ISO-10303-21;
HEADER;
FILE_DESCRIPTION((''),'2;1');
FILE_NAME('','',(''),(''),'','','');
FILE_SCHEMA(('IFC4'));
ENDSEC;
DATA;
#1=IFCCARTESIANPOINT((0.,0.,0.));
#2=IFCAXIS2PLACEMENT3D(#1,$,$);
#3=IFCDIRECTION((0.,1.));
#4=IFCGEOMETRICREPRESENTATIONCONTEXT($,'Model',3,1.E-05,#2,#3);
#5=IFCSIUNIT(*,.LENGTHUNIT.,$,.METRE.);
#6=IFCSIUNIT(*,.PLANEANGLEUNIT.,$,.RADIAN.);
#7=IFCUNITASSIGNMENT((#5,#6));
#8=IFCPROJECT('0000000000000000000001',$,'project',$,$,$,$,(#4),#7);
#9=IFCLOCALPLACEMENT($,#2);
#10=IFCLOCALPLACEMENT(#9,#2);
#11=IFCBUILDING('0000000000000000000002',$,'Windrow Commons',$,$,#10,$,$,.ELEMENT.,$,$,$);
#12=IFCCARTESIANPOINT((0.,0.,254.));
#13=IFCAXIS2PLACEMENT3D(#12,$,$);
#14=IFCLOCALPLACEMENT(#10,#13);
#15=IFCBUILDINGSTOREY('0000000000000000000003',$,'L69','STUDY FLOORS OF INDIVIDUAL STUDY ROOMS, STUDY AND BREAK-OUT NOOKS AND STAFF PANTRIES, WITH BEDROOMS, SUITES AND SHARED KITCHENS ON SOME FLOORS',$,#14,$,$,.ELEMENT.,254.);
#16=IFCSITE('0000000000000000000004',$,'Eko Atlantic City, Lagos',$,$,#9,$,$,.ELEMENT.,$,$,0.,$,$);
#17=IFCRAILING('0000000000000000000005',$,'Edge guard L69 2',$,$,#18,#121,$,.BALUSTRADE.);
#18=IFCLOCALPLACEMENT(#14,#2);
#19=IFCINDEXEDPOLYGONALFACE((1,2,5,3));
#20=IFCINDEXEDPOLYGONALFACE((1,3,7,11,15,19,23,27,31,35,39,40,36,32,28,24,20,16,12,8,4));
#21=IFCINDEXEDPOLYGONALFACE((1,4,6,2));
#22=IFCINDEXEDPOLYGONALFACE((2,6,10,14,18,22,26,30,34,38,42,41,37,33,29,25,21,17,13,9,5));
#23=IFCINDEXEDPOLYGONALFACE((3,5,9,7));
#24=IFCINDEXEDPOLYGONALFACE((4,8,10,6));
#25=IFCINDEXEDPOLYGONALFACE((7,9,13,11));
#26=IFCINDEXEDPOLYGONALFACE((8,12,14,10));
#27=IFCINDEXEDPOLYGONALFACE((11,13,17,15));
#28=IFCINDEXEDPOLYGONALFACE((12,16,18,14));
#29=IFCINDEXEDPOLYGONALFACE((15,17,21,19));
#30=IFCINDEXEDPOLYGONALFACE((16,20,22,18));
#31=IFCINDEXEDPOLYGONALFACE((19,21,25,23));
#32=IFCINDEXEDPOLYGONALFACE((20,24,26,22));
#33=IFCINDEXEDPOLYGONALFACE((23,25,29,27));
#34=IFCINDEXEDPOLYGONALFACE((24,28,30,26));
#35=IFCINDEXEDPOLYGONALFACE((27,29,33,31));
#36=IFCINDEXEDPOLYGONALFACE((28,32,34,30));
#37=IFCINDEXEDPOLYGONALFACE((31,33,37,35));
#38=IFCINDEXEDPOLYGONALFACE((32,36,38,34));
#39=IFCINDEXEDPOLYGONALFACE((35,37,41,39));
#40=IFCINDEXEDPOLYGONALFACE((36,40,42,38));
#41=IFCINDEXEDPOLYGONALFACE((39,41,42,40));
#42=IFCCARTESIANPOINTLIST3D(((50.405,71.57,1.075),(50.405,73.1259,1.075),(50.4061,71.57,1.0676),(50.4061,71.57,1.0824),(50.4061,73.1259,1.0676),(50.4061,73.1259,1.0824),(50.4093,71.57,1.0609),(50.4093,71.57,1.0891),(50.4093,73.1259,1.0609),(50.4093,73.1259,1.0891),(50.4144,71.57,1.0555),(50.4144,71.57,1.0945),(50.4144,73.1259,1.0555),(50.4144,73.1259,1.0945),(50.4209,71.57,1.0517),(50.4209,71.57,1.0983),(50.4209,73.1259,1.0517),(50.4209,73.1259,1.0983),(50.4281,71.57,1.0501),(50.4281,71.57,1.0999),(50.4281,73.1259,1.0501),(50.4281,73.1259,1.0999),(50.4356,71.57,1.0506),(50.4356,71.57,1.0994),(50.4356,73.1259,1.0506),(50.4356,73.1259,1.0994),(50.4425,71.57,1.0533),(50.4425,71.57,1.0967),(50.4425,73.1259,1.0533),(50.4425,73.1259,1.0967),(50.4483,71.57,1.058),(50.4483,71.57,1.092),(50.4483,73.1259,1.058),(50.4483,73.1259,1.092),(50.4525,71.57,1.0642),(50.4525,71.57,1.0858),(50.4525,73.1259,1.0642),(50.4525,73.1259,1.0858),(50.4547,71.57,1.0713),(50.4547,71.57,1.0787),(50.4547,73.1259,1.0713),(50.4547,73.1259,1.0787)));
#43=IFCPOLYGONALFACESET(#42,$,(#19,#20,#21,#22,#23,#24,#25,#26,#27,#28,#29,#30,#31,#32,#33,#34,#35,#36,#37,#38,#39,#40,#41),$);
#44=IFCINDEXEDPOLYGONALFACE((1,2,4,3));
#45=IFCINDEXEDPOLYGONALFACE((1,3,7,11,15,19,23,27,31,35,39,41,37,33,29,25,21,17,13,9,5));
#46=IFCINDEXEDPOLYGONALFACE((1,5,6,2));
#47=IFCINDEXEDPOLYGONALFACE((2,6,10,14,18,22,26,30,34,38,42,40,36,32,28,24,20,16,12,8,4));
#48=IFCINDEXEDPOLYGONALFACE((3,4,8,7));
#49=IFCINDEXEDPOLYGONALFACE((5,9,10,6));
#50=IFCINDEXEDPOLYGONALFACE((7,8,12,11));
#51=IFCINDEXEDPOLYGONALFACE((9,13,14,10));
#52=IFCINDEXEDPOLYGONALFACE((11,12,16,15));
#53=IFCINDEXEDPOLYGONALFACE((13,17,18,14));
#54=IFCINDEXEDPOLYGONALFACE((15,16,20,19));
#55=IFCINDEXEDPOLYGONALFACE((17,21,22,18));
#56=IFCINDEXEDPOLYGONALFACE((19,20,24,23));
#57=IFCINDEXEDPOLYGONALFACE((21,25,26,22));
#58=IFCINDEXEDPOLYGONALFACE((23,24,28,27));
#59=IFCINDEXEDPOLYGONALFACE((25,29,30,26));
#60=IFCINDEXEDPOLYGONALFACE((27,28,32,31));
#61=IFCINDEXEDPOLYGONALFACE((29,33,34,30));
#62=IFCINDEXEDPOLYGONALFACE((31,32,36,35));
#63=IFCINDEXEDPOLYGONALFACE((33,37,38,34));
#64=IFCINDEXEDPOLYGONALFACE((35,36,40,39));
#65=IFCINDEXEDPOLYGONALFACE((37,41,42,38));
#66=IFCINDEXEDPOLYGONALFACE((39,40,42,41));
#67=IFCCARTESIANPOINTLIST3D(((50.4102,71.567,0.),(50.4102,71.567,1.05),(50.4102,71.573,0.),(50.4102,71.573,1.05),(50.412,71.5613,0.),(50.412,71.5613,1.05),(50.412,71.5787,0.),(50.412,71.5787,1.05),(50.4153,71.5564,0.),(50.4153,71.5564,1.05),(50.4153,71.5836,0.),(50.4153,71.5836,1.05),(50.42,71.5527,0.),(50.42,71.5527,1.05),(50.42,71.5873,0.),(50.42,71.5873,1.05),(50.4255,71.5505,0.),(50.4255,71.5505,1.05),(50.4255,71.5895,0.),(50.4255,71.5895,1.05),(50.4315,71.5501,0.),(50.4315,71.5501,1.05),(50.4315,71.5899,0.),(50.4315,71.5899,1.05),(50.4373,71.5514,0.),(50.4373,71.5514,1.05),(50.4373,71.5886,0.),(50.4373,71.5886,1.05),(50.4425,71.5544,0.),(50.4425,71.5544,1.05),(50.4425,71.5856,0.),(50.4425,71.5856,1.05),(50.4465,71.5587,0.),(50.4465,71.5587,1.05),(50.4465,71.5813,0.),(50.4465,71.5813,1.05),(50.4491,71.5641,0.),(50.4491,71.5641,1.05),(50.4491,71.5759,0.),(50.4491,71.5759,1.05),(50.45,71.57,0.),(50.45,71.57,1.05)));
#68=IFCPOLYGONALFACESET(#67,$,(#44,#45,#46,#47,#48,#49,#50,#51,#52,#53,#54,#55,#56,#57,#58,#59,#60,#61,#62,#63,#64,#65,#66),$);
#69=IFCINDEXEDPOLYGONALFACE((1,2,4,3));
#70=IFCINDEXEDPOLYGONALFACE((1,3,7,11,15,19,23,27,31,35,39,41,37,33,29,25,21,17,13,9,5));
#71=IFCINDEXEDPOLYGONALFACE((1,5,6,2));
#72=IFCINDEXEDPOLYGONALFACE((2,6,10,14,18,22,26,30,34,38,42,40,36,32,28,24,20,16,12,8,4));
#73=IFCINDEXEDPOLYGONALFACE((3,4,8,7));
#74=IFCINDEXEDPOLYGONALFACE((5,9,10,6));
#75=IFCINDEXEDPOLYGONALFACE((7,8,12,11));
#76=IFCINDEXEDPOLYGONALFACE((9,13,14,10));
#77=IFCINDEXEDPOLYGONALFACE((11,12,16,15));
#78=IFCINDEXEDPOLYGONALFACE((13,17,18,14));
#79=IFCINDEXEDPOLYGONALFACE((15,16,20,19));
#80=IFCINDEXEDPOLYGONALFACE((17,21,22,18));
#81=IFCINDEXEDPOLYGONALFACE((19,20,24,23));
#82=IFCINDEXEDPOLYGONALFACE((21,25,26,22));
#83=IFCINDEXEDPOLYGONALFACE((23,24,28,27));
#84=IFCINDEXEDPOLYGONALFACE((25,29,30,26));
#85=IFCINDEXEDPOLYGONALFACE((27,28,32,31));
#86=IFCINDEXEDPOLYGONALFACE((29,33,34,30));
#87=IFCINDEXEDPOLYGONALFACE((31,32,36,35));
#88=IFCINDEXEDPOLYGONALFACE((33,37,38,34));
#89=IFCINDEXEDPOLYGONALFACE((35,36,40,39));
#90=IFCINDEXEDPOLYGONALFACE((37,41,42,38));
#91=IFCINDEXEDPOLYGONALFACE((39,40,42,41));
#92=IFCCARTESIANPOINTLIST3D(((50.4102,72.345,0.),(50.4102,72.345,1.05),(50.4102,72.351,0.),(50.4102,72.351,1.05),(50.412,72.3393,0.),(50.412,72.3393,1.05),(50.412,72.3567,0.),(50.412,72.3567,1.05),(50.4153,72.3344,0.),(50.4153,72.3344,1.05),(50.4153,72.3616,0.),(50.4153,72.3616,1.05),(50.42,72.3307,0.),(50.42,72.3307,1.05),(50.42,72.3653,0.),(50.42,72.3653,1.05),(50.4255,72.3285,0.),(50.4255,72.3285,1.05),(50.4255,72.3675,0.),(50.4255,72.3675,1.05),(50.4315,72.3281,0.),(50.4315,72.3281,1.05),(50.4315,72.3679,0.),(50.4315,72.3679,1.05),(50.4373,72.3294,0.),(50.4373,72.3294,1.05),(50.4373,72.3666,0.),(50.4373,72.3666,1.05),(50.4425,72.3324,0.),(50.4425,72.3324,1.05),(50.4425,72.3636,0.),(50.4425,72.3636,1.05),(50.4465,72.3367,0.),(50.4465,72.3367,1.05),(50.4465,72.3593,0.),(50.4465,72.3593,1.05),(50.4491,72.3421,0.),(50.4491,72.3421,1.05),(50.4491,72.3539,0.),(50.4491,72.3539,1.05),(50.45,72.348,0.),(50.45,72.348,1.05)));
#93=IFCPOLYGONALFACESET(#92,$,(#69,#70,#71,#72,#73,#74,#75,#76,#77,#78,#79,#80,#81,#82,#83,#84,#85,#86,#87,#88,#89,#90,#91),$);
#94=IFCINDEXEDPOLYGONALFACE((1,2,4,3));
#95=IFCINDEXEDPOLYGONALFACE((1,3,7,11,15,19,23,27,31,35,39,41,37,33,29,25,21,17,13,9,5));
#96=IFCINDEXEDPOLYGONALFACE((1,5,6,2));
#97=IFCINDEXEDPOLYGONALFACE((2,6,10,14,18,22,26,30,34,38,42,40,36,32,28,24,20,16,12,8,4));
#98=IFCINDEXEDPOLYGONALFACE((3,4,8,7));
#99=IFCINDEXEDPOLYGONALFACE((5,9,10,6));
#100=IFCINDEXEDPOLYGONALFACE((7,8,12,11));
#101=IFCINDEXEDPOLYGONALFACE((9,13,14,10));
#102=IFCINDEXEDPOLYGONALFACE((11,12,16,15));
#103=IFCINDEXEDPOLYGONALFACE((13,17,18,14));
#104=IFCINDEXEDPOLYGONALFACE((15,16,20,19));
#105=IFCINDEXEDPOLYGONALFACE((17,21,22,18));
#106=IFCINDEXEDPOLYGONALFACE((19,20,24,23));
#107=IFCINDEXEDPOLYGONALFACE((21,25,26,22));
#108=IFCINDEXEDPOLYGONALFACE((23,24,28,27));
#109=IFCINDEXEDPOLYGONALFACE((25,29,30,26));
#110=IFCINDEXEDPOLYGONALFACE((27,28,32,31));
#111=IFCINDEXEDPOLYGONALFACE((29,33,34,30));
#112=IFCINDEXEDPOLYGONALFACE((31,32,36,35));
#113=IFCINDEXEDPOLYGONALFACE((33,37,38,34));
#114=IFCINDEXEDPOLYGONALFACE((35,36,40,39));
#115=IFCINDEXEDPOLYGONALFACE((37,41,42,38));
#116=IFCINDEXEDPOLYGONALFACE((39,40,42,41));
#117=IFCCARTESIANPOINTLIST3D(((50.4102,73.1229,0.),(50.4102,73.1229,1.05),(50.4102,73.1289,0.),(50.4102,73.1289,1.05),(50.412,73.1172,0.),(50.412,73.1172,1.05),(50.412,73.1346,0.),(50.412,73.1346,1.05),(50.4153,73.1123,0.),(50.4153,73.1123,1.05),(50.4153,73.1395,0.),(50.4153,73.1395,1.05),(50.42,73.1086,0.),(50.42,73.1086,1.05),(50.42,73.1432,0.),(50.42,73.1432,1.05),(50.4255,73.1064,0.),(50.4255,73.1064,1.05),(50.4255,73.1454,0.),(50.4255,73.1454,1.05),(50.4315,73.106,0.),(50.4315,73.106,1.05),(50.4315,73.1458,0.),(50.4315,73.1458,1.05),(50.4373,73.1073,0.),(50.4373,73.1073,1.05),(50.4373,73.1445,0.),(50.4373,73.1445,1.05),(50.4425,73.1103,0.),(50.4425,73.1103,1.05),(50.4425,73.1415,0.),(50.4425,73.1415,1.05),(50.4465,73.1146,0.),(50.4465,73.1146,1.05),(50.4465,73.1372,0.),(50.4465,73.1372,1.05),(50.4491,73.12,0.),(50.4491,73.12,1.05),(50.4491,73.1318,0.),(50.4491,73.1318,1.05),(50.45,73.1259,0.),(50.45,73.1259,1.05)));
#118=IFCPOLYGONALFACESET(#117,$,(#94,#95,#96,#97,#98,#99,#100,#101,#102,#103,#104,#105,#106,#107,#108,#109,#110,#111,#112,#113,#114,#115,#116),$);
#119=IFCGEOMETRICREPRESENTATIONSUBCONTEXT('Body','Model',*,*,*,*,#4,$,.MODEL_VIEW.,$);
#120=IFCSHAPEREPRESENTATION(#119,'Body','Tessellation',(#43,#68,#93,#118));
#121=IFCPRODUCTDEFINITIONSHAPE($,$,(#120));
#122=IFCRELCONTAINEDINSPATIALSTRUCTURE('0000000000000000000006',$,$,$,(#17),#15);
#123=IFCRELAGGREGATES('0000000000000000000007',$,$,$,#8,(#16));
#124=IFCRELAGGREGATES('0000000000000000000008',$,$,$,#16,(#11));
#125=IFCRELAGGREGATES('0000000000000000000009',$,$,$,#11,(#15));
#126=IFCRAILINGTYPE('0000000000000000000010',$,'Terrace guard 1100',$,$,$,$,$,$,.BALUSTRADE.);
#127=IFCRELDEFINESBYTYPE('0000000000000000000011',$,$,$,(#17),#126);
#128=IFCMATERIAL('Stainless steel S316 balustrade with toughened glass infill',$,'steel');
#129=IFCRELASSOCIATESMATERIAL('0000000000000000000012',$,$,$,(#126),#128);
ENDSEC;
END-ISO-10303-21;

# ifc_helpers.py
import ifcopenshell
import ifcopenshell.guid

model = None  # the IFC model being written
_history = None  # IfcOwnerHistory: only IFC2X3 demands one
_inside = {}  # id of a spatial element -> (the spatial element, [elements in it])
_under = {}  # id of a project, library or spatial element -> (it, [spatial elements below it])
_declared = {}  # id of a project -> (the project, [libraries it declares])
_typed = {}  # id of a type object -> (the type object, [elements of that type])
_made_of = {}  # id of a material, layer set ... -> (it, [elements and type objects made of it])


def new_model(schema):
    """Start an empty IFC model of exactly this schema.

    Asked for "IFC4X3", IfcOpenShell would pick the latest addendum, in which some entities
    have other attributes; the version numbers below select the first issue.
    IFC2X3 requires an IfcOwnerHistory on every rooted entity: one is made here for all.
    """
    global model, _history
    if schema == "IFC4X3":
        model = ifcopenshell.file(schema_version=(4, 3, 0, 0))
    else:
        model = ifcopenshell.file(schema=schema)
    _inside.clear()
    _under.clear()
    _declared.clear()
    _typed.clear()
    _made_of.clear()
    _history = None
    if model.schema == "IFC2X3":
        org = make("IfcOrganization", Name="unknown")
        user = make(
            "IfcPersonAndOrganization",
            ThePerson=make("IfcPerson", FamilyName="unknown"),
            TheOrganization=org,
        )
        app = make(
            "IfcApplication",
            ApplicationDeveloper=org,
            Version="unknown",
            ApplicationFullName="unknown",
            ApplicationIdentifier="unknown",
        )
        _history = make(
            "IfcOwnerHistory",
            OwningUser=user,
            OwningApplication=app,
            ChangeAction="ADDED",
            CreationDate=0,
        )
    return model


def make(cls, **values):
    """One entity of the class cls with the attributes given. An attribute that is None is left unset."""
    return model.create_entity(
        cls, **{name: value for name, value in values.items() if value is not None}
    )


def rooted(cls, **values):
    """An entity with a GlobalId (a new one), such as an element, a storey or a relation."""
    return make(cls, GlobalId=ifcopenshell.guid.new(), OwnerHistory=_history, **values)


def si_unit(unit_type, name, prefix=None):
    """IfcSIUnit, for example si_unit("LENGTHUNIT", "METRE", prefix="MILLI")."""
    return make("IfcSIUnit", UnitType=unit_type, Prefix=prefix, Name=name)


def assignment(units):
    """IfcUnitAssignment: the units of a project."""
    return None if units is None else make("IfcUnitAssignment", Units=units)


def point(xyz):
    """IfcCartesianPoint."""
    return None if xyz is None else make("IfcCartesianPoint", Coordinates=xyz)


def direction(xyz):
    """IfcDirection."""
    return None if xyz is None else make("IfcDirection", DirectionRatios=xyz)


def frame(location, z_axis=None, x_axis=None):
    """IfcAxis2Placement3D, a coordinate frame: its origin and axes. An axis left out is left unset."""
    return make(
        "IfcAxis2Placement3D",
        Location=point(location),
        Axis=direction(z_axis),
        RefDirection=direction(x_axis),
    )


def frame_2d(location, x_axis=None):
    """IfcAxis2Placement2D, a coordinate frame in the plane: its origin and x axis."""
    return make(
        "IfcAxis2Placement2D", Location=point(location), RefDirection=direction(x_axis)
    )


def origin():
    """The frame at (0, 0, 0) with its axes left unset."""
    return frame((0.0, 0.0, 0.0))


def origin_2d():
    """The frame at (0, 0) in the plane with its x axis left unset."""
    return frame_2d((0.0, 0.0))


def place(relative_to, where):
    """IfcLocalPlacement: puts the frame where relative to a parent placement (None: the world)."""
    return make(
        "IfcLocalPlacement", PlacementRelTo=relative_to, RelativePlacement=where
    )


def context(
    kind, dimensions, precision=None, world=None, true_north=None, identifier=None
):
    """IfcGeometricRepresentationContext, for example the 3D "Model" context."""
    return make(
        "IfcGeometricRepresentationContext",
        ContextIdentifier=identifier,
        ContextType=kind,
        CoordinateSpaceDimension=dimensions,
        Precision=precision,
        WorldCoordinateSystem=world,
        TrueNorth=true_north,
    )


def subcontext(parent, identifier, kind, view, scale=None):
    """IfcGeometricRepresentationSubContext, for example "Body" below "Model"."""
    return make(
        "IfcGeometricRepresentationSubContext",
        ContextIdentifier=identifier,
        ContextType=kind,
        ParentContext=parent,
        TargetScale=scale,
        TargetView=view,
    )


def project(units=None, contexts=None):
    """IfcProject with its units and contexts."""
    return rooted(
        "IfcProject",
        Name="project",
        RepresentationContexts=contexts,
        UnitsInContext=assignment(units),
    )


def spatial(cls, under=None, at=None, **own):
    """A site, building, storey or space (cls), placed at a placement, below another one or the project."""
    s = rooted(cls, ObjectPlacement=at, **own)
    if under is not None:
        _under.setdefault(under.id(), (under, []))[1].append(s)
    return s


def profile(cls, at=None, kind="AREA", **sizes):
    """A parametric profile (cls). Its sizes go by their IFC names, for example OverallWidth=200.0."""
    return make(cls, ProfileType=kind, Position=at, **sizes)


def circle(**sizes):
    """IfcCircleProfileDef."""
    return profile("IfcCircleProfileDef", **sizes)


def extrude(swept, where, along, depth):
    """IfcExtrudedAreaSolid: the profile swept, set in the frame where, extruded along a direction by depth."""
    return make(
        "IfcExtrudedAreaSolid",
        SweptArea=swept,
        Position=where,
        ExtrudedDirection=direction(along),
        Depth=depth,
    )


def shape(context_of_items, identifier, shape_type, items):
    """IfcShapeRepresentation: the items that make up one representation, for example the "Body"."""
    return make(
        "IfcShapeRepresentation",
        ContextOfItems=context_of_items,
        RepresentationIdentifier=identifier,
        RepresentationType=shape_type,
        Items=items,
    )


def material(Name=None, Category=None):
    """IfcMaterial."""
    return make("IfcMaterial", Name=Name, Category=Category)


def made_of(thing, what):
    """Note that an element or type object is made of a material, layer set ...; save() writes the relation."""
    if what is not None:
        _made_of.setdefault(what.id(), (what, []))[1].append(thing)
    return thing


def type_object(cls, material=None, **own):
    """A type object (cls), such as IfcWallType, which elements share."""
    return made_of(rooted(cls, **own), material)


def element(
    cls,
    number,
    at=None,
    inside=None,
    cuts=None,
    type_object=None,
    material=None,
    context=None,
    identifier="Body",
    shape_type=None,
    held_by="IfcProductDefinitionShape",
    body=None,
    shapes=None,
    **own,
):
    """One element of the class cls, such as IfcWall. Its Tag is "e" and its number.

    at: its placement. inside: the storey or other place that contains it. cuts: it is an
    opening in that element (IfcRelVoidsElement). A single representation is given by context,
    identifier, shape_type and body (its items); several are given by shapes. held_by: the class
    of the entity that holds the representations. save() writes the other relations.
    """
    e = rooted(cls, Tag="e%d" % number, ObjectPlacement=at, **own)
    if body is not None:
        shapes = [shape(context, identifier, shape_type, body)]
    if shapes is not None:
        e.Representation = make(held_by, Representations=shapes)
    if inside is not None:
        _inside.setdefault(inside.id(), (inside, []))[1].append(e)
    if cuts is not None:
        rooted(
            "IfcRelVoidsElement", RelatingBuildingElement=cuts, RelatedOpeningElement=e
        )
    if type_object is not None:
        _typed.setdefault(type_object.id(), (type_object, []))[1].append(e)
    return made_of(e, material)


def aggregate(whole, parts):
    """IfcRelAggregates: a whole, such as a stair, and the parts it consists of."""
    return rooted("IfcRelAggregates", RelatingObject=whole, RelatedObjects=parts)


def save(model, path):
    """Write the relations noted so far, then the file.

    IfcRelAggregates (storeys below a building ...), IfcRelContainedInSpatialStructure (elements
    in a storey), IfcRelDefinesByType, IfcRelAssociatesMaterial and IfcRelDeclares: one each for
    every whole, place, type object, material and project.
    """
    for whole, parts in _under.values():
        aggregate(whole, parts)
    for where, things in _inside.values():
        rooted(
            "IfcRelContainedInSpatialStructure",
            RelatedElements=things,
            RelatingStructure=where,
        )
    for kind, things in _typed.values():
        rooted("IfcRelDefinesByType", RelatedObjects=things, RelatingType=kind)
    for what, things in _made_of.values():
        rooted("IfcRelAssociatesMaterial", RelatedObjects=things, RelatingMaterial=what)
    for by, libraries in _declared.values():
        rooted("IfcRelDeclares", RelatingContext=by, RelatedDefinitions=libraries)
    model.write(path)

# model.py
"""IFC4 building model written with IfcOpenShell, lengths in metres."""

from ifc_helpers import new_model, si_unit, direction, frame, origin, origin_2d, place, context, subcontext, project, spatial, circle, extrude, material, type_object, element, save


model = new_model("IFC4")

# Units and contexts
model_context = context("Model", 3, precision=1e-05, world=origin(), true_north=direction((0.0, 1.0)))
body_context = subcontext(model_context, "Body", "Model", "MODEL_VIEW")
ifc_project = project(units=[si_unit("LENGTHUNIT", "METRE"), si_unit("PLANEANGLEUNIT", "RADIAN")], contexts=[model_context])

# Site, building, storey
site_placement = place(None, origin())
site = spatial("IfcSite", under=ifc_project, at=site_placement, Name="Eko Atlantic City, Lagos", CompositionType="ELEMENT", RefElevation=0.0)
building_placement = place(site_placement, origin())
building = spatial("IfcBuilding", under=site, at=building_placement, Name="Windrow Commons", CompositionType="ELEMENT")
storey_placement = place(building_placement, frame((0.0, 0.0, 254.0)))
storey = spatial("IfcBuildingStorey", under=building, at=storey_placement, Name="L69", Description="STUDY FLOORS OF INDIVIDUAL STUDY ROOMS, STUDY AND BREAK-OUT NOOKS AND STAFF PANTRIES, WITH BEDROOMS, SUITES AND SHARED KITCHENS ON SOME FLOORS", CompositionType="ELEMENT", Elevation=254.0)

# Railing
ifc_material_1 = material(Name="Stainless steel S316 balustrade with toughened glass infill", Category="steel")
railing_type_1 = type_object("IfcRailingType", Name="Terrace guard 1100", PredefinedType="BALUSTRADE", material=ifc_material_1)
railing_1_placement = place(storey_placement, frame((50.43, 71.57, 0.0)))
element("IfcRailing", 1, at=railing_1_placement, inside=storey, type_object=railing_type_1, Name="Edge guard L69 2", PredefinedType="BALUSTRADE", context=body_context, shape_type="SweptSolid", body=[
    extrude(circle(Radius=0.025, at=origin_2d()), frame((0.0, 0.0, 1.075), z_axis=(0.0, 1.0, 0.0), x_axis=(-1.0, 0.0, 0.0)), (0.0, 0.0, 1.0), 1.5559),
    extrude(circle(Radius=0.02, at=origin_2d()), origin(), (0.0, 0.0, 1.0), 1.05),
    extrude(circle(Radius=0.02, at=origin_2d()), frame((0.0, 0.778, 0.0)), (0.0, 0.0, 1.0), 1.05),
    extrude(circle(Radius=0.02, at=origin_2d()), frame((0.0, 1.5559, 0.0)), (0.0, 0.0, 1.0), 1.05),
])

save(model, "model.ifc")
